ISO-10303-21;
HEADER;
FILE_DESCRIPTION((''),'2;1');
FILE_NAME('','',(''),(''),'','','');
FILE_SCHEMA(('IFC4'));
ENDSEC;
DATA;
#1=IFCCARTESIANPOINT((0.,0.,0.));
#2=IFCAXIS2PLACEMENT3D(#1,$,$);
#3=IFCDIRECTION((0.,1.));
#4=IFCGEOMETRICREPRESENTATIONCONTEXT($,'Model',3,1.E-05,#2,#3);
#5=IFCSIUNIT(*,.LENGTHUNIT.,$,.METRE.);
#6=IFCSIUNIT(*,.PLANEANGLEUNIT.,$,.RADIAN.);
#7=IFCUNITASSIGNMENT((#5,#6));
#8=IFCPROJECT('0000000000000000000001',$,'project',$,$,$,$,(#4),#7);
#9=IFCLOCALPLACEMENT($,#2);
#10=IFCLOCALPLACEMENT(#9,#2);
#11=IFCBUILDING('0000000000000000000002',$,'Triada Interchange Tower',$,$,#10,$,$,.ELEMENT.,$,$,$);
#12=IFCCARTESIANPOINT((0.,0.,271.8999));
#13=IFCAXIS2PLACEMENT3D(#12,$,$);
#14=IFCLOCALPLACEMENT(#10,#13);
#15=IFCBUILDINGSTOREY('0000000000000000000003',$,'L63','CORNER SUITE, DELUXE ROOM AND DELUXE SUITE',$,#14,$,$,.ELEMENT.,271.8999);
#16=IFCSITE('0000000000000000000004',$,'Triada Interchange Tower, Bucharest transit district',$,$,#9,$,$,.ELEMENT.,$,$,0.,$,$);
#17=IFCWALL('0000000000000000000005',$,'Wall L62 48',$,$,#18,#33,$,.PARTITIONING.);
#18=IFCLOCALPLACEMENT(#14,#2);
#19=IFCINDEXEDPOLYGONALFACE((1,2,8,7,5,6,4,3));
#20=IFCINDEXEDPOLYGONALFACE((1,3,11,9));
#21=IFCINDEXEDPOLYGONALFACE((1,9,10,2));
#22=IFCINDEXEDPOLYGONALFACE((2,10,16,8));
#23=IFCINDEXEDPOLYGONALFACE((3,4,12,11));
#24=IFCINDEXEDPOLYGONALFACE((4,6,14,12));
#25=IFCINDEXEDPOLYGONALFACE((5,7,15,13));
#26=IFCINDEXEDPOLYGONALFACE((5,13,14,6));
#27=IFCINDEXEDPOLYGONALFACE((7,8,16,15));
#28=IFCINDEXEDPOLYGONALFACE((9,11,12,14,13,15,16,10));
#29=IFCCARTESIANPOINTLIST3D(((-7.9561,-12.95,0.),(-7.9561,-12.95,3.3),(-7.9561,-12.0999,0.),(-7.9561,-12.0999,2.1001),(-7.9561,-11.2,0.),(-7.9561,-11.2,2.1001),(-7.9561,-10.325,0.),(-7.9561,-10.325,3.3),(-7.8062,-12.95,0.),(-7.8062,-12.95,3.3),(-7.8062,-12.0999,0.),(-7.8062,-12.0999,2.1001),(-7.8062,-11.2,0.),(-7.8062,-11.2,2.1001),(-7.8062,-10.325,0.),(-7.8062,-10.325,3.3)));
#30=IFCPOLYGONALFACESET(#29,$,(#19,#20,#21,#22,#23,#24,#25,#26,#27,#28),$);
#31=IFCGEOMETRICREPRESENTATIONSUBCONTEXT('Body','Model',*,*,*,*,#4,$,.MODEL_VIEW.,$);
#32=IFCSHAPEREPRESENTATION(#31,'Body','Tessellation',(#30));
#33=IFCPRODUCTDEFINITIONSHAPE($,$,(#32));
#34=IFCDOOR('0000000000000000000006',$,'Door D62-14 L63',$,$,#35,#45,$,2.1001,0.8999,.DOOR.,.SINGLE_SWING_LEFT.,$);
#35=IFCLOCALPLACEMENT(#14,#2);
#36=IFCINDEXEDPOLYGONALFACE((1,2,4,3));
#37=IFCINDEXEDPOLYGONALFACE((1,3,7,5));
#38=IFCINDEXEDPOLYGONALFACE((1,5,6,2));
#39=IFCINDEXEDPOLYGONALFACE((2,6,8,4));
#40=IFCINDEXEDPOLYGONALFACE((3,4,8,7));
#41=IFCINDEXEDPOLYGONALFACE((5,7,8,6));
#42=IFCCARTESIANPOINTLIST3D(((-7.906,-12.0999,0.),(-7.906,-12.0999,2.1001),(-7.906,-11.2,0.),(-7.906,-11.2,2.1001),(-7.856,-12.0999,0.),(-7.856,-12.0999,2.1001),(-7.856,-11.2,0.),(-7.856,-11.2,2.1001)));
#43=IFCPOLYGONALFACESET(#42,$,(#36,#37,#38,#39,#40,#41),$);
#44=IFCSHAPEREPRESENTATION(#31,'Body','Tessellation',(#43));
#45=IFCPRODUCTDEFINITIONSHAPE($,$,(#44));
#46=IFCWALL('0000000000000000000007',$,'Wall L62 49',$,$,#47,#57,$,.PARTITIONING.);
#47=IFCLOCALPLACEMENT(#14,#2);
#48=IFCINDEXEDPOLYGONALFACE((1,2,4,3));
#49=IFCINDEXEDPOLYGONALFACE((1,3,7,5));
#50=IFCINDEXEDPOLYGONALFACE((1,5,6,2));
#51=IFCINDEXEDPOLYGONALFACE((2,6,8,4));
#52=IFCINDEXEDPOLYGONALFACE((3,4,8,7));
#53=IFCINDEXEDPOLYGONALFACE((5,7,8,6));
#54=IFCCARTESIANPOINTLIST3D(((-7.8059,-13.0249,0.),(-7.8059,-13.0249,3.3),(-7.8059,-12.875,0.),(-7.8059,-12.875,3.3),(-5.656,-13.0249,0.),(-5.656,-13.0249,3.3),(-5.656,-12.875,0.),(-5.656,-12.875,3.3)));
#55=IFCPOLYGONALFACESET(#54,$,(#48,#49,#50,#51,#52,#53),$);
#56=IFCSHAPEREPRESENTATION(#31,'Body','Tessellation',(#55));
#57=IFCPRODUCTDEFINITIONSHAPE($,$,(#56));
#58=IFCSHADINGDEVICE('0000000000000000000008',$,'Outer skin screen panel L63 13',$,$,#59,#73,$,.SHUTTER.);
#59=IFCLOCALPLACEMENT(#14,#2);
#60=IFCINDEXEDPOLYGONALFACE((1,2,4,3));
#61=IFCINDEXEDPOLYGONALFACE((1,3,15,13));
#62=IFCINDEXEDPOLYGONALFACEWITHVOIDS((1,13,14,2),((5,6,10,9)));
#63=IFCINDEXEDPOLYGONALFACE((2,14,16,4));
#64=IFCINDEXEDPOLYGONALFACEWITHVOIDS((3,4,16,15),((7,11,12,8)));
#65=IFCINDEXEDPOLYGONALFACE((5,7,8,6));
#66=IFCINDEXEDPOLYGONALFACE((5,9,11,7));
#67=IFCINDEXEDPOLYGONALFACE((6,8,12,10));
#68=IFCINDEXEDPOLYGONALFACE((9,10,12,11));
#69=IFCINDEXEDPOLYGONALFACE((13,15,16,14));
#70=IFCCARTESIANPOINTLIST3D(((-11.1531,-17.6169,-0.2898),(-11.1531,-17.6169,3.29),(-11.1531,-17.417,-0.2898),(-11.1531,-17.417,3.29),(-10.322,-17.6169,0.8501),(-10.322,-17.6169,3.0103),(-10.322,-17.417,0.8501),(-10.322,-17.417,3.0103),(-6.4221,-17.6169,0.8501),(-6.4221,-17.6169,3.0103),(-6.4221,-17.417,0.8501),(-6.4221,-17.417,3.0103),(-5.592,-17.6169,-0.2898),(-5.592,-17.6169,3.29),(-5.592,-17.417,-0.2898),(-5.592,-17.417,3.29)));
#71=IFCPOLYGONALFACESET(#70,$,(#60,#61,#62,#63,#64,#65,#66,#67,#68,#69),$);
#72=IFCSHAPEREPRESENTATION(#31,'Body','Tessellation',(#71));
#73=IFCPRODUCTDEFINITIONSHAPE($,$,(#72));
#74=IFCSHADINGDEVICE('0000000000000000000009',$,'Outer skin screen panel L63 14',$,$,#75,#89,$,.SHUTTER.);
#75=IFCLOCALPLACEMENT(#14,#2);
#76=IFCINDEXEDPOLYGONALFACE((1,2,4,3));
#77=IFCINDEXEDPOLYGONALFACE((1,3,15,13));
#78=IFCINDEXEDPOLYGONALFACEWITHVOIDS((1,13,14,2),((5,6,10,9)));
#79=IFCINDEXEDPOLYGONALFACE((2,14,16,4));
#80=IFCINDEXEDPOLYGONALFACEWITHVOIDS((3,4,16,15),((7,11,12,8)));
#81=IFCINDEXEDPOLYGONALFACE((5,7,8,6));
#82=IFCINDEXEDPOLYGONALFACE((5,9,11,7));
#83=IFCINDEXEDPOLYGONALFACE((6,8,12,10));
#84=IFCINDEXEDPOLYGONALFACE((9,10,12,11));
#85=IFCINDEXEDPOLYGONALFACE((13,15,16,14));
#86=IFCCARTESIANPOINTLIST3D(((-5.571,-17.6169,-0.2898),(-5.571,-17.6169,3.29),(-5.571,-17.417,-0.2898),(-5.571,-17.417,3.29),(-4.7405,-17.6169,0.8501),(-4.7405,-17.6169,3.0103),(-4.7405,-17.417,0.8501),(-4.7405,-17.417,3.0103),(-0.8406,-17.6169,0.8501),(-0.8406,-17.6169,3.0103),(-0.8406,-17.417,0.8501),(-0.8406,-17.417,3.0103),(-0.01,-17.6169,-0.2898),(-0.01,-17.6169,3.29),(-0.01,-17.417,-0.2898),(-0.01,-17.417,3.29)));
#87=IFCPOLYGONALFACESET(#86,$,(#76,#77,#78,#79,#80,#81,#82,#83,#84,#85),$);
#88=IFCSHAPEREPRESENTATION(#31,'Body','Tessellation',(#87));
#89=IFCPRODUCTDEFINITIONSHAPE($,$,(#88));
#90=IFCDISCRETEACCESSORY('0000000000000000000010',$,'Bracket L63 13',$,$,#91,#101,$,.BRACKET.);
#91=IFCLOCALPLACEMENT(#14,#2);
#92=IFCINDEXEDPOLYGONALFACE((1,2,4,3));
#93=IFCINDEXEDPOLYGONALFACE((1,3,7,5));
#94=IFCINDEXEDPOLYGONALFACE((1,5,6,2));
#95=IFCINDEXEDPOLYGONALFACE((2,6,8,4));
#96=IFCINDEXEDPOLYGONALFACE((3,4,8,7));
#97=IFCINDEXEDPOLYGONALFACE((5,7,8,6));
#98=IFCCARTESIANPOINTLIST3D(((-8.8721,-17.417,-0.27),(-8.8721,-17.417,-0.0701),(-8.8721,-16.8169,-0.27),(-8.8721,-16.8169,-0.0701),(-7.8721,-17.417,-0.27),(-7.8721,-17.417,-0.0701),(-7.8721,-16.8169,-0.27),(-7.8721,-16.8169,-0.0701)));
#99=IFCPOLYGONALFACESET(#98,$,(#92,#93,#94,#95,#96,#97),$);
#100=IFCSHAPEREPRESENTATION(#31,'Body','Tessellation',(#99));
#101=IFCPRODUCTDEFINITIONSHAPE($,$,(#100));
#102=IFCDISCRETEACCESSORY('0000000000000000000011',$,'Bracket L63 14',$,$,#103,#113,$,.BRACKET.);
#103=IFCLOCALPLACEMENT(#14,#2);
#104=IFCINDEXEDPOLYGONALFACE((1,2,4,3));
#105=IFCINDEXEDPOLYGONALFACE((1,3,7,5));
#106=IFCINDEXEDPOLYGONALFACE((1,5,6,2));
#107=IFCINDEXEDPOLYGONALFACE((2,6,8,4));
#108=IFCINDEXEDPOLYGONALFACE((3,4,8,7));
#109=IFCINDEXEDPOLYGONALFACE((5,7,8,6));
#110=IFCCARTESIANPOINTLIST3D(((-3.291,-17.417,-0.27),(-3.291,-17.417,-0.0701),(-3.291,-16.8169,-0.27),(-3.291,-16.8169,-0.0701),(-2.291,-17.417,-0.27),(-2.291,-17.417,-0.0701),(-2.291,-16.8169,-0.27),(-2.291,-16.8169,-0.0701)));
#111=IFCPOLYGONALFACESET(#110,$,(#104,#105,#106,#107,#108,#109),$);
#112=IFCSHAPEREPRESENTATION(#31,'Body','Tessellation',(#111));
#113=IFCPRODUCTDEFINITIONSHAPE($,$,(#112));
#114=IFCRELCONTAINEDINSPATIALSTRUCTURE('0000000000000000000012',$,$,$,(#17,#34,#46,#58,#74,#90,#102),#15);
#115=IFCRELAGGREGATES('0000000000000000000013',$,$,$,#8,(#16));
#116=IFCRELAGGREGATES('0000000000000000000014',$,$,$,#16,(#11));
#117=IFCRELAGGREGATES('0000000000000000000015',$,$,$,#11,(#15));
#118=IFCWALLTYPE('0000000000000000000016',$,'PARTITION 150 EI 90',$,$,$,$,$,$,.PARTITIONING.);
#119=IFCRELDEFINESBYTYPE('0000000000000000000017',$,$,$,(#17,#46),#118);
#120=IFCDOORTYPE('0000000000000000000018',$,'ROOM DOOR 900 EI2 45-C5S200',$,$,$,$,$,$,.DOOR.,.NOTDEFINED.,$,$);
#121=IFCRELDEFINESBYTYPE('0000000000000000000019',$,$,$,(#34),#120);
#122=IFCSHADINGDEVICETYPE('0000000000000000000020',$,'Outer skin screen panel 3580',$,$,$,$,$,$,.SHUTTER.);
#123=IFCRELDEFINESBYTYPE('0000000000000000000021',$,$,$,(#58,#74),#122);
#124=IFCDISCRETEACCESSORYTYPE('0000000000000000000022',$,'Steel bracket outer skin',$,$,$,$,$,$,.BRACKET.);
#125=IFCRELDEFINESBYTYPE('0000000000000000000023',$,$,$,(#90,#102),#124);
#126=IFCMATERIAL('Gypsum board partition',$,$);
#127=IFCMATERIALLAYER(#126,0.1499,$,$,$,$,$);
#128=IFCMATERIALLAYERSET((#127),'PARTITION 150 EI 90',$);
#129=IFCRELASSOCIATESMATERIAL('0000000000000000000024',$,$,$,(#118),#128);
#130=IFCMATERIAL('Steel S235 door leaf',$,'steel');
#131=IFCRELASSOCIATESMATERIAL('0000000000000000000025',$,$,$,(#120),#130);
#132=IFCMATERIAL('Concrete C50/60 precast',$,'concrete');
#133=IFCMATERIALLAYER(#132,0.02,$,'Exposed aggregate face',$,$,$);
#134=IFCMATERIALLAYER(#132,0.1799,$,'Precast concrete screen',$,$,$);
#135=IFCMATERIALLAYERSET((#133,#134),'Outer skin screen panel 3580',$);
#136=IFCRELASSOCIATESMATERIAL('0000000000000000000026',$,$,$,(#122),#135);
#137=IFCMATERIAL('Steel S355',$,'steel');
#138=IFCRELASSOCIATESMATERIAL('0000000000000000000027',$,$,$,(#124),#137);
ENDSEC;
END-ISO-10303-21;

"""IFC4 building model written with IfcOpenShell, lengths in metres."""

from ifc_helpers import new_model, si_unit, direction, frame, frame_2d, origin, origin_2d, place, context, subcontext, project, spatial, polyline, rectangle, outline, extrude, material, layer, layer_set, type_object, element, fill, save


model = new_model("IFC4")

# Units and contexts
model_context = context("Model", 3, precision=1e-05, world=origin(), true_north=direction((0.0, 1.0)))
body_context = subcontext(model_context, "Body", "Model", "MODEL_VIEW")
ifc_project = project(units=[si_unit("LENGTHUNIT", "METRE"), si_unit("PLANEANGLEUNIT", "RADIAN")], contexts=[model_context])

# Site, building, storey
site_placement = place(None, origin())
site = spatial("IfcSite", under=ifc_project, at=site_placement, Name="Triada Interchange Tower, Bucharest transit district", CompositionType="ELEMENT", RefElevation=0.0)
building_placement = place(site_placement, origin())
building = spatial("IfcBuilding", under=site, at=building_placement, Name="Triada Interchange Tower", CompositionType="ELEMENT")
storey_placement = place(building_placement, frame((0.0, 0.0, 271.8999)))
storey = spatial("IfcBuildingStorey", under=building, at=storey_placement, Name="L63", Description="CORNER SUITE, DELUXE ROOM AND DELUXE SUITE", CompositionType="ELEMENT", Elevation=271.8999)

# Shared definitions
ifc_material_1 = material(Name="Gypsum board partition")
ifc_layer_1 = layer(ifc_material_1, 0.1499)
ifc_layer_set_1 = layer_set([ifc_layer_1], Name="PARTITION 150 EI 90")
wall_type_1 = type_object("IfcWallType", Name="PARTITION 150 EI 90", PredefinedType="PARTITIONING", material=ifc_layer_set_1)

# Wall, opening, door
wall_1_placement = place(storey_placement, frame((-7.8811, -12.95, 0.0), z_axis=(0.0, 0.0, 1.0), x_axis=(0.0, 1.0, 0.0)))
wall_1 = element("IfcWall", 1, at=wall_1_placement, inside=storey, type_object=wall_type_1, Name="Wall L62 48", PredefinedType="PARTITIONING", context=body_context, shape_type="SweptSolid", body=[
    extrude(rectangle(XDim=2.625, YDim=0.1499, at=frame_2d((1.3125, 0.0))), origin(), (0.0, 0.0, 1.0), 3.3),
])
opening_placement = place(wall_1_placement, frame((0.8501, 0.0, 0.0)))
opening = element("IfcOpeningElement", 2, at=opening_placement, cuts=wall_1, PredefinedType="OPENING", context=body_context, shape_type="SweptSolid", body=[
    extrude(rectangle(XDim=0.8999, YDim=2.1001, at=frame_2d((0.45, 1.05))), frame((0.0, 0.085, 0.0), z_axis=(0.0, -1.0, 0.0), x_axis=(1.0, 0.0, 0.0)), (0.0, 0.0, 1.0), 0.1699),
])
ifc_material_2 = material(Name="Steel S235 door leaf", Category="steel")
door_type = type_object("IfcDoorType", Name="ROOM DOOR 900 EI2 45-C5S200", OperationType="NOTDEFINED", PredefinedType="DOOR", material=ifc_material_2)
door_placement = place(opening_placement, origin())
door = element("IfcDoor", 3, at=door_placement, inside=storey, type_object=door_type, Name="Door D62-14 L63", OperationType="SINGLE_SWING_LEFT", OverallHeight=2.1001, OverallWidth=0.8999, PredefinedType="DOOR", context=body_context, shape_type="SweptSolid", body=[
    extrude(rectangle(XDim=0.8999, YDim=2.1001, at=frame_2d((0.45, 1.05))), frame((0.0, 0.0249, 0.0), z_axis=(0.0, -1.0, 0.0), x_axis=(1.0, 0.0, 0.0)), (0.0, 0.0, 1.0), 0.05),
])
fill(opening, door)

# Wall
wall_2_placement = place(storey_placement, frame((-7.8059, -12.95, 0.0), z_axis=(0.0, 0.0, 1.0), x_axis=(1.0, 0.0, 0.0)))
element("IfcWall", 4, at=wall_2_placement, inside=storey, type_object=wall_type_1, Name="Wall L62 49", PredefinedType="PARTITIONING", context=body_context, shape_type="SweptSolid", body=[
    extrude(rectangle(XDim=2.1499, YDim=0.1499, at=frame_2d((1.075, 0.0))), origin(), (0.0, 0.0, 1.0), 3.3),
])

# Shading devices
ifc_material_3 = material(Name="Concrete C50/60 precast", Category="concrete")
ifc_layer_2 = layer(ifc_material_3, 0.02, Name="Exposed aggregate face")
ifc_layer_3 = layer(ifc_material_3, 0.1799, Name="Precast concrete screen")
ifc_layer_set_2 = layer_set([ifc_layer_2, ifc_layer_3], Name="Outer skin screen panel 3580")
shading_device_type = type_object("IfcShadingDeviceType", Name="Outer skin screen panel 3580", PredefinedType="SHUTTER", material=ifc_layer_set_2)
shading_device_1_placement = place(storey_placement, frame((-11.1531, -17.417, -0.2898), z_axis=(0.0, 0.0, 1.0), x_axis=(1.0, 0.0, 0.0)))
element("IfcShadingDevice", 5, at=shading_device_1_placement, inside=storey, type_object=shading_device_type, Name="Outer skin screen panel L63 13", PredefinedType="SHUTTER", context=body_context, shape_type="SweptSolid", body=[
    extrude(outline(polyline([(0.0, 0.0), (5.561, 0.0), (5.561, 3.5798), (0.0, 3.5798), (0.0, 0.0)]), holes=[polyline([(0.8311, 1.1399), (0.8311, 3.3), (4.731, 3.3), (4.731, 1.1399), (0.8311, 1.1399)])]), frame((0.0, 0.0, 0.0), z_axis=(0.0, -1.0, 0.0), x_axis=(1.0, 0.0, 0.0)), (0.0, 0.0, 1.0), 0.2),
])
shading_device_2_placement = place(storey_placement, frame((-5.571, -17.417, -0.2898), z_axis=(0.0, 0.0, 1.0), x_axis=(1.0, 0.0, 0.0)))
element("IfcShadingDevice", 6, at=shading_device_2_placement, inside=storey, type_object=shading_device_type, Name="Outer skin screen panel L63 14", PredefinedType="SHUTTER", context=body_context, shape_type="SweptSolid", body=[
    extrude(outline(polyline([(0.0, 0.0), (5.561, 0.0), (5.561, 3.5798), (0.0, 3.5798), (0.0, 0.0)]), holes=[polyline([(0.8306, 1.1399), (0.8306, 3.3), (4.7305, 3.3), (4.7305, 1.1399), (0.8306, 1.1399)])]), frame((0.0, 0.0, 0.0), z_axis=(0.0, -1.0, 0.0), x_axis=(1.0, 0.0, 0.0)), (0.0, 0.0, 1.0), 0.2),
])

# Discrete accessories
ifc_material_4 = material(Name="Steel S355", Category="steel")
discrete_accessory_type = type_object("IfcDiscreteAccessoryType", Name="Steel bracket outer skin", PredefinedType="BRACKET", material=ifc_material_4)
for number, where, z_axis, x_axis, name in (
    (7, (-8.3721, -17.1169, -0.27), (0.0, 0.0, 1.0), (0.0, -1.0, 0.0), "Bracket L63 13"),
    (8, (-2.791, -17.1169, -0.27), (0.0, 0.0, 1.0), (0.0, -1.0, 0.0), "Bracket L63 14"),
):
    element("IfcDiscreteAccessory", number, at=place(storey_placement, frame(where, z_axis=z_axis, x_axis=x_axis)), inside=storey, type_object=discrete_accessory_type, Name=name, PredefinedType="BRACKET", context=body_context, shape_type="SweptSolid", body=[
        extrude(rectangle(XDim=0.6001, YDim=1.0, at=origin_2d()), origin(), (0.0, 0.0, 1.0), 0.2),
    ])

save(model, "model.ifc")
